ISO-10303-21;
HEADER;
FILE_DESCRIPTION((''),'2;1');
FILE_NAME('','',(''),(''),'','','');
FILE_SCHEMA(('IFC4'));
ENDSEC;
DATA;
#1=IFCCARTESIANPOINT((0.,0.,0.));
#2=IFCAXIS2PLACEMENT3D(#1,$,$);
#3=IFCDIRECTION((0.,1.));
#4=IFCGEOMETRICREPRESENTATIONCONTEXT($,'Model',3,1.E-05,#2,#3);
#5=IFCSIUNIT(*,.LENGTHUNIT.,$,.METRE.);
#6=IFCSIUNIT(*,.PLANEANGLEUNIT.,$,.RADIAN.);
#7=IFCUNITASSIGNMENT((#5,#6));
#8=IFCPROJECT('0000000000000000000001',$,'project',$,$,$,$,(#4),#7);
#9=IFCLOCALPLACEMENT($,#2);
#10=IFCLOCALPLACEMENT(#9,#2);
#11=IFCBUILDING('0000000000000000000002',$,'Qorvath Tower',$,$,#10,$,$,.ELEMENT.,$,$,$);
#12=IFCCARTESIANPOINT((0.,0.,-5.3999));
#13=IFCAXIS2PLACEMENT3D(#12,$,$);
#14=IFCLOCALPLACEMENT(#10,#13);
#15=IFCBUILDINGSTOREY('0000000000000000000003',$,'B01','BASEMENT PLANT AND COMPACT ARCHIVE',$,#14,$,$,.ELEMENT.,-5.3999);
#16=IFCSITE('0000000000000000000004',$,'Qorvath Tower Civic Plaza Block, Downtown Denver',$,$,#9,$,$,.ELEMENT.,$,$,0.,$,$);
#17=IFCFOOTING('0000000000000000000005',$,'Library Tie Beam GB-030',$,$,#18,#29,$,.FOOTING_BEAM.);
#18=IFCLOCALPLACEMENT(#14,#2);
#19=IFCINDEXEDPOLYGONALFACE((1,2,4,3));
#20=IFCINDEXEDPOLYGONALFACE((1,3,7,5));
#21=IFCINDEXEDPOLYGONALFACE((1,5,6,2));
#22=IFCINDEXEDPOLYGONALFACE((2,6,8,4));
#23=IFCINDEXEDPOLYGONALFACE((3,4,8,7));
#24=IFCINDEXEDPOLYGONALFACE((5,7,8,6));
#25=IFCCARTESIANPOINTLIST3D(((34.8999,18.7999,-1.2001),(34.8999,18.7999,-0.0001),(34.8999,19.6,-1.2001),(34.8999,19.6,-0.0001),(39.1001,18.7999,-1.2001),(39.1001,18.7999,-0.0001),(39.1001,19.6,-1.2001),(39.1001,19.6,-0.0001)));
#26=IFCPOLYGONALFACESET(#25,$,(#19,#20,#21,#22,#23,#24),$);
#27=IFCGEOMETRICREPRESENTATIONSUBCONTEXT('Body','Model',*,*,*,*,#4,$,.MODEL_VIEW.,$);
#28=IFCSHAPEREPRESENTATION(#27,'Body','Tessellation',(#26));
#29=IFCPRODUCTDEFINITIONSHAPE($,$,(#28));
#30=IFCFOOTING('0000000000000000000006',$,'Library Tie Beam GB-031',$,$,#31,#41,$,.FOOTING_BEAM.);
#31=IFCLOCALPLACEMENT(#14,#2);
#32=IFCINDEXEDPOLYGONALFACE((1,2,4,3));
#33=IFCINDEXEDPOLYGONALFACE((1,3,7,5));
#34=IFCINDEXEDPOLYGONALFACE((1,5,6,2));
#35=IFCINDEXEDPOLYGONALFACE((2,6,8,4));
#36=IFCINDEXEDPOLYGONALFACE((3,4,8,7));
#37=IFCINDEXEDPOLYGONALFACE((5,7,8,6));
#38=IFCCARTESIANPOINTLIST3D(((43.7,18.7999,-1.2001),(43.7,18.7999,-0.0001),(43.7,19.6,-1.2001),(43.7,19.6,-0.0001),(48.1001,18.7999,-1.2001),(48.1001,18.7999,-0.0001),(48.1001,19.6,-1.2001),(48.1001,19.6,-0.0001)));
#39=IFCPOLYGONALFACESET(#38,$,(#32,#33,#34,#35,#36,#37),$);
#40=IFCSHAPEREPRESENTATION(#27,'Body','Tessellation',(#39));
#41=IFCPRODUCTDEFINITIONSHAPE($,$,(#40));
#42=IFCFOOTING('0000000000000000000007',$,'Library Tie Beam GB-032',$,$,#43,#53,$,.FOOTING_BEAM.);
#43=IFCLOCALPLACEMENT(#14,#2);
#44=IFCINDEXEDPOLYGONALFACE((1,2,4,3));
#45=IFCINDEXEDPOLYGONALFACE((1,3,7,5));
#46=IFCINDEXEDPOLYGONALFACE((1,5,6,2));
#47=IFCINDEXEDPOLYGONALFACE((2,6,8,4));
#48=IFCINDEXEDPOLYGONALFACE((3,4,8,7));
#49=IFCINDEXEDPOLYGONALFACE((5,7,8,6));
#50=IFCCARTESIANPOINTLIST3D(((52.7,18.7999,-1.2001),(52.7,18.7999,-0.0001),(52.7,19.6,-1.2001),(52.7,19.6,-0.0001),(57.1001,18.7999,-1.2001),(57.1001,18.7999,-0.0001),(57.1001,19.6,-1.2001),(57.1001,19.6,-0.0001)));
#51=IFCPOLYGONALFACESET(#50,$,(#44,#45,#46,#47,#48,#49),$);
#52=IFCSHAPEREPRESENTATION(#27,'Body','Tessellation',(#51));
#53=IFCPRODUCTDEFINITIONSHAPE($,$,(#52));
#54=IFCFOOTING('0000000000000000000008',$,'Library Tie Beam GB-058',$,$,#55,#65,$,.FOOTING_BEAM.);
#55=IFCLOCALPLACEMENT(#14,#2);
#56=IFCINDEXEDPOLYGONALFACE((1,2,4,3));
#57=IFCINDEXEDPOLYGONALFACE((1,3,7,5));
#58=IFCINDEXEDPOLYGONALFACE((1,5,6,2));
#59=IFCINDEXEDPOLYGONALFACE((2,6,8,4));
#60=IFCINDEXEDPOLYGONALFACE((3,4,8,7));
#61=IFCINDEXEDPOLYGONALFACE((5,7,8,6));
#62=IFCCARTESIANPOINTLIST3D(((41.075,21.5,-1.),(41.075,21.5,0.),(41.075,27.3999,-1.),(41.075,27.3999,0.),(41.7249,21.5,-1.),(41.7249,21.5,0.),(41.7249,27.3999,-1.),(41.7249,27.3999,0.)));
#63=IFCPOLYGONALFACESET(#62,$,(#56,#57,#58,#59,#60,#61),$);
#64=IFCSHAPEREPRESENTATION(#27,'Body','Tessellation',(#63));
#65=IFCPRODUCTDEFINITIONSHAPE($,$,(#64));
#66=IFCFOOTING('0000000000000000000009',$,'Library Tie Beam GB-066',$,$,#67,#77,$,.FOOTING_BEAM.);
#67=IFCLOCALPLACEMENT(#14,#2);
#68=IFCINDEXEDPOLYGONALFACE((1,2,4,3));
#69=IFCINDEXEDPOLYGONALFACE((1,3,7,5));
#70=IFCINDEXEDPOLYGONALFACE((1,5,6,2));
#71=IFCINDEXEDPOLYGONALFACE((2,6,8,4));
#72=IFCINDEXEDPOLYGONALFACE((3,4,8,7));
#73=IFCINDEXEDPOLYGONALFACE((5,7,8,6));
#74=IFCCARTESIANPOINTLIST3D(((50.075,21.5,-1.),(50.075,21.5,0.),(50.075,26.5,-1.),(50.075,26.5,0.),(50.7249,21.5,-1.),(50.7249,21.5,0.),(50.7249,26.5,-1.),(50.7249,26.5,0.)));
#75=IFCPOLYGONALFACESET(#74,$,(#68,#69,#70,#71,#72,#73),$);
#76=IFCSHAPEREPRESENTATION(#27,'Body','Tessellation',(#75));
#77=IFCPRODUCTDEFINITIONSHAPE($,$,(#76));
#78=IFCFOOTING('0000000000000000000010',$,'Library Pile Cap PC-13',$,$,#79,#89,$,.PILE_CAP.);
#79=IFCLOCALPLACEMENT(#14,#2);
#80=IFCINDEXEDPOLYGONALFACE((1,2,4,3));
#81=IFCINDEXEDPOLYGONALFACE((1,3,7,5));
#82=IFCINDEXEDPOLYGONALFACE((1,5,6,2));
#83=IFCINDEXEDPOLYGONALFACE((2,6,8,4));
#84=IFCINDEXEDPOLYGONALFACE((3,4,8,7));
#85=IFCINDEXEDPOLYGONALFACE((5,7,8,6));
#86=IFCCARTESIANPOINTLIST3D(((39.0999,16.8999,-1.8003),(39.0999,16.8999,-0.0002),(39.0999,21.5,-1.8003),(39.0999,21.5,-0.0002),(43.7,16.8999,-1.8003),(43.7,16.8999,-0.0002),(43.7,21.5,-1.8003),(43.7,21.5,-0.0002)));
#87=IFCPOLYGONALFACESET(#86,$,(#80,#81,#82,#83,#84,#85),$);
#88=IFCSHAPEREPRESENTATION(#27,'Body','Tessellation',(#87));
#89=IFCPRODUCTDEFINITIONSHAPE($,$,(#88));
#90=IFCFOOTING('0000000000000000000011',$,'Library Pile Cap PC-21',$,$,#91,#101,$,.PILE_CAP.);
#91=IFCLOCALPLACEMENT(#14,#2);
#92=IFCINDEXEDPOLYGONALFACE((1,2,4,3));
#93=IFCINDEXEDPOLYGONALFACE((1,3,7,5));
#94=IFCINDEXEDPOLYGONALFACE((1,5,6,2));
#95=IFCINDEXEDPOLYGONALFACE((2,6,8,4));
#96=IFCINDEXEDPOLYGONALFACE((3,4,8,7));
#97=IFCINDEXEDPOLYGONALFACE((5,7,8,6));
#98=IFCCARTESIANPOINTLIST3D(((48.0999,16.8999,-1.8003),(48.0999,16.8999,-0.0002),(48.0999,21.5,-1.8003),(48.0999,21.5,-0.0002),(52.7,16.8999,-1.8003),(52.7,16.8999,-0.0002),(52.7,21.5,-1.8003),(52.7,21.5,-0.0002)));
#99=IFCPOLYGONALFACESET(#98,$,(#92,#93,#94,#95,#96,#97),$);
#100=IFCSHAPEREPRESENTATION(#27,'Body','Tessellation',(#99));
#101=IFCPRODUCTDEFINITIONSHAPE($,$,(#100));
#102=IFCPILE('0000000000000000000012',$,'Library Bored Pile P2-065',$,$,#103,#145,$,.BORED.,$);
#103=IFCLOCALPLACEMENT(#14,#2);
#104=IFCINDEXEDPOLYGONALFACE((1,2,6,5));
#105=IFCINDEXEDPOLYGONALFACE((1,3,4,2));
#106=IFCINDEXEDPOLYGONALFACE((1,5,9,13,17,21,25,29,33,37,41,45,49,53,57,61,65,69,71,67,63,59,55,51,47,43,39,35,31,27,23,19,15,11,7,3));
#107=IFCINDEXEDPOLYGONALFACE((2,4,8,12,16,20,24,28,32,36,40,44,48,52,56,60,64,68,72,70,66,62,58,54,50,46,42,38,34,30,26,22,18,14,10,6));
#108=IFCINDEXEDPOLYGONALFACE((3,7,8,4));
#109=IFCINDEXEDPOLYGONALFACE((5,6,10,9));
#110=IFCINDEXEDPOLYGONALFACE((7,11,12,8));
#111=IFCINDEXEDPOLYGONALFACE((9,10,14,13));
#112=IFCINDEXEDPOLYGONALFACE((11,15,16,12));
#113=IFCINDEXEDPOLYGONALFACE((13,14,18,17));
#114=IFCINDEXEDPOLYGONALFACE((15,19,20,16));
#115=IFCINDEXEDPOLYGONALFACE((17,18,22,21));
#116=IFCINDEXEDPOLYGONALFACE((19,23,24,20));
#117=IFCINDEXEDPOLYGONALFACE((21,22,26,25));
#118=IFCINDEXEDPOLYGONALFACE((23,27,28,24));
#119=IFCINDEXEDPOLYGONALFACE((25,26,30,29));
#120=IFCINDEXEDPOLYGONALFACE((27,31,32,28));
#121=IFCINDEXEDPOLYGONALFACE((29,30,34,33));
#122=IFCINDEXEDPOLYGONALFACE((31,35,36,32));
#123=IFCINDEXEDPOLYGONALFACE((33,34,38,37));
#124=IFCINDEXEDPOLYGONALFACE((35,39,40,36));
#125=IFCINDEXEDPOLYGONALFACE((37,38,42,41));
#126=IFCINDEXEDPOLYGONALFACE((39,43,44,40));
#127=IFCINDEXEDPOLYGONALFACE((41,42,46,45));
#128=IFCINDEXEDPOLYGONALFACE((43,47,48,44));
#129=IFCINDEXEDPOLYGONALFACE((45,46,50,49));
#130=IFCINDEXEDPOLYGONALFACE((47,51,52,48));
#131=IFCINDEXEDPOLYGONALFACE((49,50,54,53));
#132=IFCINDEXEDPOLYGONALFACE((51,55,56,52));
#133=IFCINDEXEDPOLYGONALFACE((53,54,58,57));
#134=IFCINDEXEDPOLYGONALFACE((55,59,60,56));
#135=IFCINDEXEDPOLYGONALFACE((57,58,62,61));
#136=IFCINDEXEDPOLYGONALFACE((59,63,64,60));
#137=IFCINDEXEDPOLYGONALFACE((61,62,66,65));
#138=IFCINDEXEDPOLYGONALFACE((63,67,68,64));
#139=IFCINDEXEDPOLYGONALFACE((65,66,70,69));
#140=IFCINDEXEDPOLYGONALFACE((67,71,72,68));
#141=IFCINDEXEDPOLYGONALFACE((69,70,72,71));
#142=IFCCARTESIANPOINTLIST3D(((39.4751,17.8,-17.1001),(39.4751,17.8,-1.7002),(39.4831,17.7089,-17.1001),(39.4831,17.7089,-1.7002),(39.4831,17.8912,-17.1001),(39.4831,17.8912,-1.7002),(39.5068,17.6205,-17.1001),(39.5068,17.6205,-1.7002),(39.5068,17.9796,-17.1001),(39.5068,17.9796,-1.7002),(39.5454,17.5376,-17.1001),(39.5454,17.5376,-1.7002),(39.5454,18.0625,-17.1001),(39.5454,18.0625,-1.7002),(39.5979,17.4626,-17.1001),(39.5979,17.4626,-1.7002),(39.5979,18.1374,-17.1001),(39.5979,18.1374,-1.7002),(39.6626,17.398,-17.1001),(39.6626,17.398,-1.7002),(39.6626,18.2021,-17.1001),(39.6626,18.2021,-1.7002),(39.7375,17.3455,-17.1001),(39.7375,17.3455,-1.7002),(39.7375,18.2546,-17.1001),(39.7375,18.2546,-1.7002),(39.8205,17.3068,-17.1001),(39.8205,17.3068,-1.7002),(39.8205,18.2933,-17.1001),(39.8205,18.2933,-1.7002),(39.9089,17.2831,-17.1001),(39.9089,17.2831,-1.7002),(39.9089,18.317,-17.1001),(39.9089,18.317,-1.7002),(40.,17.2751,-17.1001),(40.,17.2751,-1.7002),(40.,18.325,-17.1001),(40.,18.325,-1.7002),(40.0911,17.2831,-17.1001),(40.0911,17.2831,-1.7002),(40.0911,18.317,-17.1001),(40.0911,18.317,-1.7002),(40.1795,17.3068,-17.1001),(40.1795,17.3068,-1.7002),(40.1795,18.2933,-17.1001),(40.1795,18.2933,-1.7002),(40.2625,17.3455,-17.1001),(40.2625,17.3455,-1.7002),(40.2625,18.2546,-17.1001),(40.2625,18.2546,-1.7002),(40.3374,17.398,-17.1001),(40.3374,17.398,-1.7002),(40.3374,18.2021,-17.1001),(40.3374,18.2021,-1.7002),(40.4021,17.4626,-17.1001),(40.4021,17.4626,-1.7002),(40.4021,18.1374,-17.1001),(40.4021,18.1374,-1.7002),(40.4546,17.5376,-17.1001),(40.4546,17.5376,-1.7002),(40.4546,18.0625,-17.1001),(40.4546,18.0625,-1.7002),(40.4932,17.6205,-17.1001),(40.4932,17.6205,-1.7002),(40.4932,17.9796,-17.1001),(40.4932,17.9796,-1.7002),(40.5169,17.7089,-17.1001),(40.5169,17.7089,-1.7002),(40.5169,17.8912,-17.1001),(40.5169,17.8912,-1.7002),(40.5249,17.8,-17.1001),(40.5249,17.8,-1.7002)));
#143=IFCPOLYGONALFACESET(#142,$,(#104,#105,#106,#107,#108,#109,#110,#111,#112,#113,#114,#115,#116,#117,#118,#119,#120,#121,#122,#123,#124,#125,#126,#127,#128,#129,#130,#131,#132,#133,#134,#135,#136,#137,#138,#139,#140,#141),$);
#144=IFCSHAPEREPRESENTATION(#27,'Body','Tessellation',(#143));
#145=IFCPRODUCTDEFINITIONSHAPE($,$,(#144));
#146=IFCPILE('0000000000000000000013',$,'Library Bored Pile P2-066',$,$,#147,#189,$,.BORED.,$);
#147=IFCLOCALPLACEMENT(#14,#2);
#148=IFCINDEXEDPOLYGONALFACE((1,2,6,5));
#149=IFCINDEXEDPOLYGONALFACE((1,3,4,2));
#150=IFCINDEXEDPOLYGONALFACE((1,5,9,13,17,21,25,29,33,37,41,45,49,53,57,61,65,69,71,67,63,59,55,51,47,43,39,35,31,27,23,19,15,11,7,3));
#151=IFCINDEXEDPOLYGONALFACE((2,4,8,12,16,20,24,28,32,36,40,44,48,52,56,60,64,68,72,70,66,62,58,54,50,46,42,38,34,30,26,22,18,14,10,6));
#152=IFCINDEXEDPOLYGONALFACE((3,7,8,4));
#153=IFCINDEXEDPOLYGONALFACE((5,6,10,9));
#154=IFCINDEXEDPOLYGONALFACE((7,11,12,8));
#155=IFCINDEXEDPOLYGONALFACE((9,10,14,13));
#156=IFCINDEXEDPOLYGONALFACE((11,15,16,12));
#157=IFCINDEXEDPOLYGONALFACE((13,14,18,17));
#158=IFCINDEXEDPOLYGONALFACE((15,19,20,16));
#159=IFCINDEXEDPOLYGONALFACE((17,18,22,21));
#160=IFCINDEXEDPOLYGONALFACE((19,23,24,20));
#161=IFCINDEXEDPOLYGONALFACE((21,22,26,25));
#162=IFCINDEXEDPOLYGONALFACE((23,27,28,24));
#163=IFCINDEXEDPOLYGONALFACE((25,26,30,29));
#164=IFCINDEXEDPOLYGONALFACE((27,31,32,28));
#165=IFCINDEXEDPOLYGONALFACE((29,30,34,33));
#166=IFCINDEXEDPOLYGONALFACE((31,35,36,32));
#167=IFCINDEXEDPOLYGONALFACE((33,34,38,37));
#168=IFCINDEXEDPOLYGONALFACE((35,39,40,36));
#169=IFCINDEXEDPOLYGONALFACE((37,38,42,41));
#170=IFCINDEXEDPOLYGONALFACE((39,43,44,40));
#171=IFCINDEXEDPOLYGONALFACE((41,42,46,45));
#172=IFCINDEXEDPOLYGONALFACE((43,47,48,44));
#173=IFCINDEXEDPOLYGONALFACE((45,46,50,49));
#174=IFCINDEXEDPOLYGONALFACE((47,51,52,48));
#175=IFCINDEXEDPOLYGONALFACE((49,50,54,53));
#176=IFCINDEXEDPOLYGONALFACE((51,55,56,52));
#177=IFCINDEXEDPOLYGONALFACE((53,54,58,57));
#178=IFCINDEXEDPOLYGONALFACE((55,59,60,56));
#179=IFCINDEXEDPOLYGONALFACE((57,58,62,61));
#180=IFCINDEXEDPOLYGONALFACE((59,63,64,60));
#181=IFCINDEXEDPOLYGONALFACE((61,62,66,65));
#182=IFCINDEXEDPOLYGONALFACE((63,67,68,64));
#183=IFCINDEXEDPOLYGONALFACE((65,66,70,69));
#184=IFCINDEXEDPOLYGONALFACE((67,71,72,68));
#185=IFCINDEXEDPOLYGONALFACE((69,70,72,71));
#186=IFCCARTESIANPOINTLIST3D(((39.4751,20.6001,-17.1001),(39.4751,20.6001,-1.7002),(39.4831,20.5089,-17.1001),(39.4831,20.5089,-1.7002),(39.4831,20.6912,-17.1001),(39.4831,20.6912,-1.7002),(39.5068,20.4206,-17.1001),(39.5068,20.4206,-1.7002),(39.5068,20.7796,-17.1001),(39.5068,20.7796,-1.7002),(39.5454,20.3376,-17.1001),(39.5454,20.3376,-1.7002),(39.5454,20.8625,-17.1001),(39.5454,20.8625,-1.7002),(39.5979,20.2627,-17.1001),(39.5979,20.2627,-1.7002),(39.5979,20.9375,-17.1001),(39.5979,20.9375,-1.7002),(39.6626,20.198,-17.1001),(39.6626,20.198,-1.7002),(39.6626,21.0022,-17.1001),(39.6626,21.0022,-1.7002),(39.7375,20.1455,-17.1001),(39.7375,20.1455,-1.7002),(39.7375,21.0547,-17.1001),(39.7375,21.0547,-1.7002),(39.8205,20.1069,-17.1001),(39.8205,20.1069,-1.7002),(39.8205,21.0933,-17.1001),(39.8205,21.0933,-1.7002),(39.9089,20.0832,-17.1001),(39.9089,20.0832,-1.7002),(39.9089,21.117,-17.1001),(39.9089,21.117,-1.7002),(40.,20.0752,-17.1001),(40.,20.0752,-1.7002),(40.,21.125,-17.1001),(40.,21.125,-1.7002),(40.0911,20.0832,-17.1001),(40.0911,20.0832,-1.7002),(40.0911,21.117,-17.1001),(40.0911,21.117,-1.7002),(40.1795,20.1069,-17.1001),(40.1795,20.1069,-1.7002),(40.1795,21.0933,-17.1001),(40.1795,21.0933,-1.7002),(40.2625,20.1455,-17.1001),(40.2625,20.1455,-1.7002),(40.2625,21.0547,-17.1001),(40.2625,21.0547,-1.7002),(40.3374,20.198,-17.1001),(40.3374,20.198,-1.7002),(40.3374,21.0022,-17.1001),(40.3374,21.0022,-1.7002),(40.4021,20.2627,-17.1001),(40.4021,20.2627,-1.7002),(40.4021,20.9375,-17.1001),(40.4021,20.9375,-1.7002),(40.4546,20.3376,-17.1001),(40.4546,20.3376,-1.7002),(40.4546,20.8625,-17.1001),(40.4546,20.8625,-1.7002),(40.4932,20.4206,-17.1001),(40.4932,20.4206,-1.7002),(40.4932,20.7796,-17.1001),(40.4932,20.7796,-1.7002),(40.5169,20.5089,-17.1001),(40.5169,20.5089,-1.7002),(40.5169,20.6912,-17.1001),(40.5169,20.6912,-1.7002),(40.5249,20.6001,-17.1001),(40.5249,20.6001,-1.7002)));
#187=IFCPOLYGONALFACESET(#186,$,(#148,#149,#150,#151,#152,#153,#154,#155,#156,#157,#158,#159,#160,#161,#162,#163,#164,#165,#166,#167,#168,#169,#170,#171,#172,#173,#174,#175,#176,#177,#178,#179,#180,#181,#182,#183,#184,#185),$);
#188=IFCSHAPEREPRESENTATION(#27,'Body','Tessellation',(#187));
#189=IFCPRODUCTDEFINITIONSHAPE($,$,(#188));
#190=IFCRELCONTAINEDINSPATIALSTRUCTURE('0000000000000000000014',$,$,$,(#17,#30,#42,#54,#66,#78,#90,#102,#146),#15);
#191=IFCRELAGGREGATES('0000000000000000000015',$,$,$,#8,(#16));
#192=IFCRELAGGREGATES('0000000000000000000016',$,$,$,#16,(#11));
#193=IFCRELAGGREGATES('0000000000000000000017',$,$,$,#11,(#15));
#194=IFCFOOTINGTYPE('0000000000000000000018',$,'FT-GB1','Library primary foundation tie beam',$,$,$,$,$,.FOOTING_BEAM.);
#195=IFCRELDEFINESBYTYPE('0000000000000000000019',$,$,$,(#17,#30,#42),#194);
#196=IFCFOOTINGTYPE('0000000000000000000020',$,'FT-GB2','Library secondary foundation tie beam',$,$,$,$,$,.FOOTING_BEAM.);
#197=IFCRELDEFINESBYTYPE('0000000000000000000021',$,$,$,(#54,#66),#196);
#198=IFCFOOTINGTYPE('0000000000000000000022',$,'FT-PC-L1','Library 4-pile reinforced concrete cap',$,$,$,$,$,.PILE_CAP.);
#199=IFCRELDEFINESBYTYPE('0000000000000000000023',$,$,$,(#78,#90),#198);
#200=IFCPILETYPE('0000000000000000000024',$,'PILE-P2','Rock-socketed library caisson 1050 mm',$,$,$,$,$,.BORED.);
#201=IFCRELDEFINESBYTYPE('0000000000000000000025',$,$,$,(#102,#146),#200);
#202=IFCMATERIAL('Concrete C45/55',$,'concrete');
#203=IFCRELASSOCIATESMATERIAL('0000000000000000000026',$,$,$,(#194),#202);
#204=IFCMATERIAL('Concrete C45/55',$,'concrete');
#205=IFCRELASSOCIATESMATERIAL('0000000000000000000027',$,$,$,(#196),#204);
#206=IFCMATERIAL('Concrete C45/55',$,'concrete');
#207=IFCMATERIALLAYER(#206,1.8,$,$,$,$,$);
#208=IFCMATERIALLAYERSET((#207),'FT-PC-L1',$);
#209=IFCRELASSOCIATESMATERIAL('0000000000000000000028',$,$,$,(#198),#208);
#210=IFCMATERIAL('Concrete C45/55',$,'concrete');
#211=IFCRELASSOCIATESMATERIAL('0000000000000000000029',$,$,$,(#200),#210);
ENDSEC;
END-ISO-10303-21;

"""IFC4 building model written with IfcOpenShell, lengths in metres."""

from ifc_helpers import new_model, si_unit, direction, frame, origin, origin_2d, place, context, subcontext, project, spatial, rectangle, circle, extrude, material, layer, layer_set, material_profile, profile_set, type_object, element, save


model = new_model("IFC4")

# Units and contexts
model_context = context("Model", 3, precision=1e-05, world=origin(), true_north=direction((0.0, 1.0)))
body_context = subcontext(model_context, "Body", "Model", "MODEL_VIEW")
ifc_project = project(units=[si_unit("LENGTHUNIT", "METRE"), si_unit("PLANEANGLEUNIT", "RADIAN")], contexts=[model_context])

# Site, building, storey
site_placement = place(None, origin())
site = spatial("IfcSite", under=ifc_project, at=site_placement, Name="Qorvath Tower Civic Plaza Block, Downtown Denver", CompositionType="ELEMENT", RefElevation=0.0)
building_placement = place(site_placement, origin())
building = spatial("IfcBuilding", under=site, at=building_placement, Name="Qorvath Tower", CompositionType="ELEMENT")
storey_placement = place(building_placement, frame((0.0, 0.0, -5.3999)))
storey = spatial("IfcBuildingStorey", under=building, at=storey_placement, Name="B01", Description="BASEMENT PLANT AND COMPACT ARCHIVE", CompositionType="ELEMENT", Elevation=-5.3999)

# Footings
ifc_material_1 = material(Name="Concrete C45/55", Category="concrete")
ifc_material_profile_1 = material_profile(ifc_material_1, rectangle(XDim=0.8, YDim=1.2, at=origin_2d()), Name="GB 800x1200")
ifc_profile_set_1 = profile_set([ifc_material_profile_1], Name="Concrete C45/55")
footing_type_1 = type_object("IfcFootingType", Name="FT-GB1", Description="Library primary foundation tie beam", PredefinedType="FOOTING_BEAM", material=ifc_profile_set_1)
footing_1_placement = place(storey_placement, frame((34.8999, 19.2, -0.6001), z_axis=(1.0, 0.0, 0.0), x_axis=(0.0, 1.0, 0.0)))
element("IfcFooting", 1, at=footing_1_placement, inside=storey, type_object=footing_type_1, Name="Library Tie Beam GB-030", PredefinedType="FOOTING_BEAM", context=body_context, shape_type="SweptSolid", body=[
    extrude(rectangle(XDim=0.8, YDim=1.2, at=origin_2d()), origin(), (0.0, 0.0, 1.0), 4.2002),
])
for number, where, z_axis, x_axis, name in (
    (2, (43.7, 19.2, -0.6001), (1.0, 0.0, 0.0), (0.0, 1.0, 0.0), "Library Tie Beam GB-031"),
    (3, (52.7, 19.2, -0.6001), (1.0, 0.0, 0.0), (0.0, 1.0, 0.0), "Library Tie Beam GB-032"),
):
    element("IfcFooting", number, at=place(storey_placement, frame(where, z_axis=z_axis, x_axis=x_axis)), inside=storey, type_object=footing_type_1, Name=name, PredefinedType="FOOTING_BEAM", context=body_context, shape_type="SweptSolid", body=[
        extrude(rectangle(XDim=0.8, YDim=1.2, at=origin_2d()), origin(), (0.0, 0.0, 1.0), 4.4001),
    ])
ifc_material_2 = material(Name="Concrete C45/55", Category="concrete")
ifc_material_profile_2 = material_profile(ifc_material_2, rectangle(XDim=0.6499, YDim=1.0, at=origin_2d()), Name="GB 650x1000")
ifc_profile_set_2 = profile_set([ifc_material_profile_2], Name="Concrete C45/55")
footing_type_2 = type_object("IfcFootingType", Name="FT-GB2", Description="Library secondary foundation tie beam", PredefinedType="FOOTING_BEAM", material=ifc_profile_set_2)
footing_2_placement = place(storey_placement, frame((41.3999, 21.5, -0.5), z_axis=(0.0, 1.0, 0.0), x_axis=(-1.0, 0.0, 0.0)))
element("IfcFooting", 4, at=footing_2_placement, inside=storey, type_object=footing_type_2, Name="Library Tie Beam GB-058", PredefinedType="FOOTING_BEAM", context=body_context, shape_type="SweptSolid", body=[
    extrude(rectangle(XDim=0.6499, YDim=1.0, at=origin_2d()), origin(), (0.0, 0.0, 1.0), 5.8999),
])
footing_3_placement = place(storey_placement, frame((50.3999, 21.5, -0.5), z_axis=(0.0, 1.0, 0.0), x_axis=(-1.0, 0.0, 0.0)))
element("IfcFooting", 5, at=footing_3_placement, inside=storey, type_object=footing_type_2, Name="Library Tie Beam GB-066", PredefinedType="FOOTING_BEAM", context=body_context, shape_type="SweptSolid", body=[
    extrude(rectangle(XDim=0.6499, YDim=1.0, at=origin_2d()), origin(), (0.0, 0.0, 1.0), 5.0),
])
ifc_material_3 = material(Name="Concrete C45/55", Category="concrete")
ifc_layer_1 = layer(ifc_material_3, 1.8)
ifc_layer_set_1 = layer_set([ifc_layer_1], Name="FT-PC-L1")
footing_type_3 = type_object("IfcFootingType", Name="FT-PC-L1", Description="Library 4-pile reinforced concrete cap", PredefinedType="PILE_CAP", material=ifc_layer_set_1)
for number, where, z_axis, x_axis, name in (
    (6, (41.3999, 19.2, -1.8003), (0.0, 0.0, 1.0), (1.0, 0.0, 0.0), "Library Pile Cap PC-13"),
    (7, (50.3999, 19.2, -1.8003), (0.0, 0.0, 1.0), (1.0, 0.0, 0.0), "Library Pile Cap PC-21"),
):
    element("IfcFooting", number, at=place(storey_placement, frame(where, z_axis=z_axis, x_axis=x_axis)), inside=storey, type_object=footing_type_3, Name=name, PredefinedType="PILE_CAP", context=body_context, shape_type="SweptSolid", body=[
        extrude(rectangle(XDim=4.6001, YDim=4.6001, at=origin_2d()), origin(), (0.0, 0.0, 1.0), 1.8),
    ])

# Piles
ifc_material_4 = material(Name="Concrete C45/55", Category="concrete")
ifc_material_profile_3 = material_profile(ifc_material_4, circle(Radius=0.5249, at=origin_2d()), Name="BORED PILE 1050")
ifc_profile_set_3 = profile_set([ifc_material_profile_3], Name="Concrete C45/55")
pile_type = type_object("IfcPileType", Name="PILE-P2", Description="Rock-socketed library caisson 1050 mm", PredefinedType="BORED", material=ifc_profile_set_3)
for number, where, z_axis, x_axis, name in (
    (8, (40.0, 17.8, -1.7002), (0.0, 0.0, -1.0), (1.0, 0.0, 0.0), "Library Bored Pile P2-065"),
    (9, (40.0, 20.6001, -1.7002), (0.0, 0.0, -1.0), (1.0, 0.0, 0.0), "Library Bored Pile P2-066"),
):
    element("IfcPile", number, at=place(storey_placement, frame(where, z_axis=z_axis, x_axis=x_axis)), inside=storey, type_object=pile_type, Name=name, PredefinedType="BORED", context=body_context, shape_type="SweptSolid", body=[
        extrude(circle(Radius=0.5249, at=origin_2d()), origin(), (0.0, 0.0, 1.0), 15.3999),
    ])

save(model, "model.ifc")
